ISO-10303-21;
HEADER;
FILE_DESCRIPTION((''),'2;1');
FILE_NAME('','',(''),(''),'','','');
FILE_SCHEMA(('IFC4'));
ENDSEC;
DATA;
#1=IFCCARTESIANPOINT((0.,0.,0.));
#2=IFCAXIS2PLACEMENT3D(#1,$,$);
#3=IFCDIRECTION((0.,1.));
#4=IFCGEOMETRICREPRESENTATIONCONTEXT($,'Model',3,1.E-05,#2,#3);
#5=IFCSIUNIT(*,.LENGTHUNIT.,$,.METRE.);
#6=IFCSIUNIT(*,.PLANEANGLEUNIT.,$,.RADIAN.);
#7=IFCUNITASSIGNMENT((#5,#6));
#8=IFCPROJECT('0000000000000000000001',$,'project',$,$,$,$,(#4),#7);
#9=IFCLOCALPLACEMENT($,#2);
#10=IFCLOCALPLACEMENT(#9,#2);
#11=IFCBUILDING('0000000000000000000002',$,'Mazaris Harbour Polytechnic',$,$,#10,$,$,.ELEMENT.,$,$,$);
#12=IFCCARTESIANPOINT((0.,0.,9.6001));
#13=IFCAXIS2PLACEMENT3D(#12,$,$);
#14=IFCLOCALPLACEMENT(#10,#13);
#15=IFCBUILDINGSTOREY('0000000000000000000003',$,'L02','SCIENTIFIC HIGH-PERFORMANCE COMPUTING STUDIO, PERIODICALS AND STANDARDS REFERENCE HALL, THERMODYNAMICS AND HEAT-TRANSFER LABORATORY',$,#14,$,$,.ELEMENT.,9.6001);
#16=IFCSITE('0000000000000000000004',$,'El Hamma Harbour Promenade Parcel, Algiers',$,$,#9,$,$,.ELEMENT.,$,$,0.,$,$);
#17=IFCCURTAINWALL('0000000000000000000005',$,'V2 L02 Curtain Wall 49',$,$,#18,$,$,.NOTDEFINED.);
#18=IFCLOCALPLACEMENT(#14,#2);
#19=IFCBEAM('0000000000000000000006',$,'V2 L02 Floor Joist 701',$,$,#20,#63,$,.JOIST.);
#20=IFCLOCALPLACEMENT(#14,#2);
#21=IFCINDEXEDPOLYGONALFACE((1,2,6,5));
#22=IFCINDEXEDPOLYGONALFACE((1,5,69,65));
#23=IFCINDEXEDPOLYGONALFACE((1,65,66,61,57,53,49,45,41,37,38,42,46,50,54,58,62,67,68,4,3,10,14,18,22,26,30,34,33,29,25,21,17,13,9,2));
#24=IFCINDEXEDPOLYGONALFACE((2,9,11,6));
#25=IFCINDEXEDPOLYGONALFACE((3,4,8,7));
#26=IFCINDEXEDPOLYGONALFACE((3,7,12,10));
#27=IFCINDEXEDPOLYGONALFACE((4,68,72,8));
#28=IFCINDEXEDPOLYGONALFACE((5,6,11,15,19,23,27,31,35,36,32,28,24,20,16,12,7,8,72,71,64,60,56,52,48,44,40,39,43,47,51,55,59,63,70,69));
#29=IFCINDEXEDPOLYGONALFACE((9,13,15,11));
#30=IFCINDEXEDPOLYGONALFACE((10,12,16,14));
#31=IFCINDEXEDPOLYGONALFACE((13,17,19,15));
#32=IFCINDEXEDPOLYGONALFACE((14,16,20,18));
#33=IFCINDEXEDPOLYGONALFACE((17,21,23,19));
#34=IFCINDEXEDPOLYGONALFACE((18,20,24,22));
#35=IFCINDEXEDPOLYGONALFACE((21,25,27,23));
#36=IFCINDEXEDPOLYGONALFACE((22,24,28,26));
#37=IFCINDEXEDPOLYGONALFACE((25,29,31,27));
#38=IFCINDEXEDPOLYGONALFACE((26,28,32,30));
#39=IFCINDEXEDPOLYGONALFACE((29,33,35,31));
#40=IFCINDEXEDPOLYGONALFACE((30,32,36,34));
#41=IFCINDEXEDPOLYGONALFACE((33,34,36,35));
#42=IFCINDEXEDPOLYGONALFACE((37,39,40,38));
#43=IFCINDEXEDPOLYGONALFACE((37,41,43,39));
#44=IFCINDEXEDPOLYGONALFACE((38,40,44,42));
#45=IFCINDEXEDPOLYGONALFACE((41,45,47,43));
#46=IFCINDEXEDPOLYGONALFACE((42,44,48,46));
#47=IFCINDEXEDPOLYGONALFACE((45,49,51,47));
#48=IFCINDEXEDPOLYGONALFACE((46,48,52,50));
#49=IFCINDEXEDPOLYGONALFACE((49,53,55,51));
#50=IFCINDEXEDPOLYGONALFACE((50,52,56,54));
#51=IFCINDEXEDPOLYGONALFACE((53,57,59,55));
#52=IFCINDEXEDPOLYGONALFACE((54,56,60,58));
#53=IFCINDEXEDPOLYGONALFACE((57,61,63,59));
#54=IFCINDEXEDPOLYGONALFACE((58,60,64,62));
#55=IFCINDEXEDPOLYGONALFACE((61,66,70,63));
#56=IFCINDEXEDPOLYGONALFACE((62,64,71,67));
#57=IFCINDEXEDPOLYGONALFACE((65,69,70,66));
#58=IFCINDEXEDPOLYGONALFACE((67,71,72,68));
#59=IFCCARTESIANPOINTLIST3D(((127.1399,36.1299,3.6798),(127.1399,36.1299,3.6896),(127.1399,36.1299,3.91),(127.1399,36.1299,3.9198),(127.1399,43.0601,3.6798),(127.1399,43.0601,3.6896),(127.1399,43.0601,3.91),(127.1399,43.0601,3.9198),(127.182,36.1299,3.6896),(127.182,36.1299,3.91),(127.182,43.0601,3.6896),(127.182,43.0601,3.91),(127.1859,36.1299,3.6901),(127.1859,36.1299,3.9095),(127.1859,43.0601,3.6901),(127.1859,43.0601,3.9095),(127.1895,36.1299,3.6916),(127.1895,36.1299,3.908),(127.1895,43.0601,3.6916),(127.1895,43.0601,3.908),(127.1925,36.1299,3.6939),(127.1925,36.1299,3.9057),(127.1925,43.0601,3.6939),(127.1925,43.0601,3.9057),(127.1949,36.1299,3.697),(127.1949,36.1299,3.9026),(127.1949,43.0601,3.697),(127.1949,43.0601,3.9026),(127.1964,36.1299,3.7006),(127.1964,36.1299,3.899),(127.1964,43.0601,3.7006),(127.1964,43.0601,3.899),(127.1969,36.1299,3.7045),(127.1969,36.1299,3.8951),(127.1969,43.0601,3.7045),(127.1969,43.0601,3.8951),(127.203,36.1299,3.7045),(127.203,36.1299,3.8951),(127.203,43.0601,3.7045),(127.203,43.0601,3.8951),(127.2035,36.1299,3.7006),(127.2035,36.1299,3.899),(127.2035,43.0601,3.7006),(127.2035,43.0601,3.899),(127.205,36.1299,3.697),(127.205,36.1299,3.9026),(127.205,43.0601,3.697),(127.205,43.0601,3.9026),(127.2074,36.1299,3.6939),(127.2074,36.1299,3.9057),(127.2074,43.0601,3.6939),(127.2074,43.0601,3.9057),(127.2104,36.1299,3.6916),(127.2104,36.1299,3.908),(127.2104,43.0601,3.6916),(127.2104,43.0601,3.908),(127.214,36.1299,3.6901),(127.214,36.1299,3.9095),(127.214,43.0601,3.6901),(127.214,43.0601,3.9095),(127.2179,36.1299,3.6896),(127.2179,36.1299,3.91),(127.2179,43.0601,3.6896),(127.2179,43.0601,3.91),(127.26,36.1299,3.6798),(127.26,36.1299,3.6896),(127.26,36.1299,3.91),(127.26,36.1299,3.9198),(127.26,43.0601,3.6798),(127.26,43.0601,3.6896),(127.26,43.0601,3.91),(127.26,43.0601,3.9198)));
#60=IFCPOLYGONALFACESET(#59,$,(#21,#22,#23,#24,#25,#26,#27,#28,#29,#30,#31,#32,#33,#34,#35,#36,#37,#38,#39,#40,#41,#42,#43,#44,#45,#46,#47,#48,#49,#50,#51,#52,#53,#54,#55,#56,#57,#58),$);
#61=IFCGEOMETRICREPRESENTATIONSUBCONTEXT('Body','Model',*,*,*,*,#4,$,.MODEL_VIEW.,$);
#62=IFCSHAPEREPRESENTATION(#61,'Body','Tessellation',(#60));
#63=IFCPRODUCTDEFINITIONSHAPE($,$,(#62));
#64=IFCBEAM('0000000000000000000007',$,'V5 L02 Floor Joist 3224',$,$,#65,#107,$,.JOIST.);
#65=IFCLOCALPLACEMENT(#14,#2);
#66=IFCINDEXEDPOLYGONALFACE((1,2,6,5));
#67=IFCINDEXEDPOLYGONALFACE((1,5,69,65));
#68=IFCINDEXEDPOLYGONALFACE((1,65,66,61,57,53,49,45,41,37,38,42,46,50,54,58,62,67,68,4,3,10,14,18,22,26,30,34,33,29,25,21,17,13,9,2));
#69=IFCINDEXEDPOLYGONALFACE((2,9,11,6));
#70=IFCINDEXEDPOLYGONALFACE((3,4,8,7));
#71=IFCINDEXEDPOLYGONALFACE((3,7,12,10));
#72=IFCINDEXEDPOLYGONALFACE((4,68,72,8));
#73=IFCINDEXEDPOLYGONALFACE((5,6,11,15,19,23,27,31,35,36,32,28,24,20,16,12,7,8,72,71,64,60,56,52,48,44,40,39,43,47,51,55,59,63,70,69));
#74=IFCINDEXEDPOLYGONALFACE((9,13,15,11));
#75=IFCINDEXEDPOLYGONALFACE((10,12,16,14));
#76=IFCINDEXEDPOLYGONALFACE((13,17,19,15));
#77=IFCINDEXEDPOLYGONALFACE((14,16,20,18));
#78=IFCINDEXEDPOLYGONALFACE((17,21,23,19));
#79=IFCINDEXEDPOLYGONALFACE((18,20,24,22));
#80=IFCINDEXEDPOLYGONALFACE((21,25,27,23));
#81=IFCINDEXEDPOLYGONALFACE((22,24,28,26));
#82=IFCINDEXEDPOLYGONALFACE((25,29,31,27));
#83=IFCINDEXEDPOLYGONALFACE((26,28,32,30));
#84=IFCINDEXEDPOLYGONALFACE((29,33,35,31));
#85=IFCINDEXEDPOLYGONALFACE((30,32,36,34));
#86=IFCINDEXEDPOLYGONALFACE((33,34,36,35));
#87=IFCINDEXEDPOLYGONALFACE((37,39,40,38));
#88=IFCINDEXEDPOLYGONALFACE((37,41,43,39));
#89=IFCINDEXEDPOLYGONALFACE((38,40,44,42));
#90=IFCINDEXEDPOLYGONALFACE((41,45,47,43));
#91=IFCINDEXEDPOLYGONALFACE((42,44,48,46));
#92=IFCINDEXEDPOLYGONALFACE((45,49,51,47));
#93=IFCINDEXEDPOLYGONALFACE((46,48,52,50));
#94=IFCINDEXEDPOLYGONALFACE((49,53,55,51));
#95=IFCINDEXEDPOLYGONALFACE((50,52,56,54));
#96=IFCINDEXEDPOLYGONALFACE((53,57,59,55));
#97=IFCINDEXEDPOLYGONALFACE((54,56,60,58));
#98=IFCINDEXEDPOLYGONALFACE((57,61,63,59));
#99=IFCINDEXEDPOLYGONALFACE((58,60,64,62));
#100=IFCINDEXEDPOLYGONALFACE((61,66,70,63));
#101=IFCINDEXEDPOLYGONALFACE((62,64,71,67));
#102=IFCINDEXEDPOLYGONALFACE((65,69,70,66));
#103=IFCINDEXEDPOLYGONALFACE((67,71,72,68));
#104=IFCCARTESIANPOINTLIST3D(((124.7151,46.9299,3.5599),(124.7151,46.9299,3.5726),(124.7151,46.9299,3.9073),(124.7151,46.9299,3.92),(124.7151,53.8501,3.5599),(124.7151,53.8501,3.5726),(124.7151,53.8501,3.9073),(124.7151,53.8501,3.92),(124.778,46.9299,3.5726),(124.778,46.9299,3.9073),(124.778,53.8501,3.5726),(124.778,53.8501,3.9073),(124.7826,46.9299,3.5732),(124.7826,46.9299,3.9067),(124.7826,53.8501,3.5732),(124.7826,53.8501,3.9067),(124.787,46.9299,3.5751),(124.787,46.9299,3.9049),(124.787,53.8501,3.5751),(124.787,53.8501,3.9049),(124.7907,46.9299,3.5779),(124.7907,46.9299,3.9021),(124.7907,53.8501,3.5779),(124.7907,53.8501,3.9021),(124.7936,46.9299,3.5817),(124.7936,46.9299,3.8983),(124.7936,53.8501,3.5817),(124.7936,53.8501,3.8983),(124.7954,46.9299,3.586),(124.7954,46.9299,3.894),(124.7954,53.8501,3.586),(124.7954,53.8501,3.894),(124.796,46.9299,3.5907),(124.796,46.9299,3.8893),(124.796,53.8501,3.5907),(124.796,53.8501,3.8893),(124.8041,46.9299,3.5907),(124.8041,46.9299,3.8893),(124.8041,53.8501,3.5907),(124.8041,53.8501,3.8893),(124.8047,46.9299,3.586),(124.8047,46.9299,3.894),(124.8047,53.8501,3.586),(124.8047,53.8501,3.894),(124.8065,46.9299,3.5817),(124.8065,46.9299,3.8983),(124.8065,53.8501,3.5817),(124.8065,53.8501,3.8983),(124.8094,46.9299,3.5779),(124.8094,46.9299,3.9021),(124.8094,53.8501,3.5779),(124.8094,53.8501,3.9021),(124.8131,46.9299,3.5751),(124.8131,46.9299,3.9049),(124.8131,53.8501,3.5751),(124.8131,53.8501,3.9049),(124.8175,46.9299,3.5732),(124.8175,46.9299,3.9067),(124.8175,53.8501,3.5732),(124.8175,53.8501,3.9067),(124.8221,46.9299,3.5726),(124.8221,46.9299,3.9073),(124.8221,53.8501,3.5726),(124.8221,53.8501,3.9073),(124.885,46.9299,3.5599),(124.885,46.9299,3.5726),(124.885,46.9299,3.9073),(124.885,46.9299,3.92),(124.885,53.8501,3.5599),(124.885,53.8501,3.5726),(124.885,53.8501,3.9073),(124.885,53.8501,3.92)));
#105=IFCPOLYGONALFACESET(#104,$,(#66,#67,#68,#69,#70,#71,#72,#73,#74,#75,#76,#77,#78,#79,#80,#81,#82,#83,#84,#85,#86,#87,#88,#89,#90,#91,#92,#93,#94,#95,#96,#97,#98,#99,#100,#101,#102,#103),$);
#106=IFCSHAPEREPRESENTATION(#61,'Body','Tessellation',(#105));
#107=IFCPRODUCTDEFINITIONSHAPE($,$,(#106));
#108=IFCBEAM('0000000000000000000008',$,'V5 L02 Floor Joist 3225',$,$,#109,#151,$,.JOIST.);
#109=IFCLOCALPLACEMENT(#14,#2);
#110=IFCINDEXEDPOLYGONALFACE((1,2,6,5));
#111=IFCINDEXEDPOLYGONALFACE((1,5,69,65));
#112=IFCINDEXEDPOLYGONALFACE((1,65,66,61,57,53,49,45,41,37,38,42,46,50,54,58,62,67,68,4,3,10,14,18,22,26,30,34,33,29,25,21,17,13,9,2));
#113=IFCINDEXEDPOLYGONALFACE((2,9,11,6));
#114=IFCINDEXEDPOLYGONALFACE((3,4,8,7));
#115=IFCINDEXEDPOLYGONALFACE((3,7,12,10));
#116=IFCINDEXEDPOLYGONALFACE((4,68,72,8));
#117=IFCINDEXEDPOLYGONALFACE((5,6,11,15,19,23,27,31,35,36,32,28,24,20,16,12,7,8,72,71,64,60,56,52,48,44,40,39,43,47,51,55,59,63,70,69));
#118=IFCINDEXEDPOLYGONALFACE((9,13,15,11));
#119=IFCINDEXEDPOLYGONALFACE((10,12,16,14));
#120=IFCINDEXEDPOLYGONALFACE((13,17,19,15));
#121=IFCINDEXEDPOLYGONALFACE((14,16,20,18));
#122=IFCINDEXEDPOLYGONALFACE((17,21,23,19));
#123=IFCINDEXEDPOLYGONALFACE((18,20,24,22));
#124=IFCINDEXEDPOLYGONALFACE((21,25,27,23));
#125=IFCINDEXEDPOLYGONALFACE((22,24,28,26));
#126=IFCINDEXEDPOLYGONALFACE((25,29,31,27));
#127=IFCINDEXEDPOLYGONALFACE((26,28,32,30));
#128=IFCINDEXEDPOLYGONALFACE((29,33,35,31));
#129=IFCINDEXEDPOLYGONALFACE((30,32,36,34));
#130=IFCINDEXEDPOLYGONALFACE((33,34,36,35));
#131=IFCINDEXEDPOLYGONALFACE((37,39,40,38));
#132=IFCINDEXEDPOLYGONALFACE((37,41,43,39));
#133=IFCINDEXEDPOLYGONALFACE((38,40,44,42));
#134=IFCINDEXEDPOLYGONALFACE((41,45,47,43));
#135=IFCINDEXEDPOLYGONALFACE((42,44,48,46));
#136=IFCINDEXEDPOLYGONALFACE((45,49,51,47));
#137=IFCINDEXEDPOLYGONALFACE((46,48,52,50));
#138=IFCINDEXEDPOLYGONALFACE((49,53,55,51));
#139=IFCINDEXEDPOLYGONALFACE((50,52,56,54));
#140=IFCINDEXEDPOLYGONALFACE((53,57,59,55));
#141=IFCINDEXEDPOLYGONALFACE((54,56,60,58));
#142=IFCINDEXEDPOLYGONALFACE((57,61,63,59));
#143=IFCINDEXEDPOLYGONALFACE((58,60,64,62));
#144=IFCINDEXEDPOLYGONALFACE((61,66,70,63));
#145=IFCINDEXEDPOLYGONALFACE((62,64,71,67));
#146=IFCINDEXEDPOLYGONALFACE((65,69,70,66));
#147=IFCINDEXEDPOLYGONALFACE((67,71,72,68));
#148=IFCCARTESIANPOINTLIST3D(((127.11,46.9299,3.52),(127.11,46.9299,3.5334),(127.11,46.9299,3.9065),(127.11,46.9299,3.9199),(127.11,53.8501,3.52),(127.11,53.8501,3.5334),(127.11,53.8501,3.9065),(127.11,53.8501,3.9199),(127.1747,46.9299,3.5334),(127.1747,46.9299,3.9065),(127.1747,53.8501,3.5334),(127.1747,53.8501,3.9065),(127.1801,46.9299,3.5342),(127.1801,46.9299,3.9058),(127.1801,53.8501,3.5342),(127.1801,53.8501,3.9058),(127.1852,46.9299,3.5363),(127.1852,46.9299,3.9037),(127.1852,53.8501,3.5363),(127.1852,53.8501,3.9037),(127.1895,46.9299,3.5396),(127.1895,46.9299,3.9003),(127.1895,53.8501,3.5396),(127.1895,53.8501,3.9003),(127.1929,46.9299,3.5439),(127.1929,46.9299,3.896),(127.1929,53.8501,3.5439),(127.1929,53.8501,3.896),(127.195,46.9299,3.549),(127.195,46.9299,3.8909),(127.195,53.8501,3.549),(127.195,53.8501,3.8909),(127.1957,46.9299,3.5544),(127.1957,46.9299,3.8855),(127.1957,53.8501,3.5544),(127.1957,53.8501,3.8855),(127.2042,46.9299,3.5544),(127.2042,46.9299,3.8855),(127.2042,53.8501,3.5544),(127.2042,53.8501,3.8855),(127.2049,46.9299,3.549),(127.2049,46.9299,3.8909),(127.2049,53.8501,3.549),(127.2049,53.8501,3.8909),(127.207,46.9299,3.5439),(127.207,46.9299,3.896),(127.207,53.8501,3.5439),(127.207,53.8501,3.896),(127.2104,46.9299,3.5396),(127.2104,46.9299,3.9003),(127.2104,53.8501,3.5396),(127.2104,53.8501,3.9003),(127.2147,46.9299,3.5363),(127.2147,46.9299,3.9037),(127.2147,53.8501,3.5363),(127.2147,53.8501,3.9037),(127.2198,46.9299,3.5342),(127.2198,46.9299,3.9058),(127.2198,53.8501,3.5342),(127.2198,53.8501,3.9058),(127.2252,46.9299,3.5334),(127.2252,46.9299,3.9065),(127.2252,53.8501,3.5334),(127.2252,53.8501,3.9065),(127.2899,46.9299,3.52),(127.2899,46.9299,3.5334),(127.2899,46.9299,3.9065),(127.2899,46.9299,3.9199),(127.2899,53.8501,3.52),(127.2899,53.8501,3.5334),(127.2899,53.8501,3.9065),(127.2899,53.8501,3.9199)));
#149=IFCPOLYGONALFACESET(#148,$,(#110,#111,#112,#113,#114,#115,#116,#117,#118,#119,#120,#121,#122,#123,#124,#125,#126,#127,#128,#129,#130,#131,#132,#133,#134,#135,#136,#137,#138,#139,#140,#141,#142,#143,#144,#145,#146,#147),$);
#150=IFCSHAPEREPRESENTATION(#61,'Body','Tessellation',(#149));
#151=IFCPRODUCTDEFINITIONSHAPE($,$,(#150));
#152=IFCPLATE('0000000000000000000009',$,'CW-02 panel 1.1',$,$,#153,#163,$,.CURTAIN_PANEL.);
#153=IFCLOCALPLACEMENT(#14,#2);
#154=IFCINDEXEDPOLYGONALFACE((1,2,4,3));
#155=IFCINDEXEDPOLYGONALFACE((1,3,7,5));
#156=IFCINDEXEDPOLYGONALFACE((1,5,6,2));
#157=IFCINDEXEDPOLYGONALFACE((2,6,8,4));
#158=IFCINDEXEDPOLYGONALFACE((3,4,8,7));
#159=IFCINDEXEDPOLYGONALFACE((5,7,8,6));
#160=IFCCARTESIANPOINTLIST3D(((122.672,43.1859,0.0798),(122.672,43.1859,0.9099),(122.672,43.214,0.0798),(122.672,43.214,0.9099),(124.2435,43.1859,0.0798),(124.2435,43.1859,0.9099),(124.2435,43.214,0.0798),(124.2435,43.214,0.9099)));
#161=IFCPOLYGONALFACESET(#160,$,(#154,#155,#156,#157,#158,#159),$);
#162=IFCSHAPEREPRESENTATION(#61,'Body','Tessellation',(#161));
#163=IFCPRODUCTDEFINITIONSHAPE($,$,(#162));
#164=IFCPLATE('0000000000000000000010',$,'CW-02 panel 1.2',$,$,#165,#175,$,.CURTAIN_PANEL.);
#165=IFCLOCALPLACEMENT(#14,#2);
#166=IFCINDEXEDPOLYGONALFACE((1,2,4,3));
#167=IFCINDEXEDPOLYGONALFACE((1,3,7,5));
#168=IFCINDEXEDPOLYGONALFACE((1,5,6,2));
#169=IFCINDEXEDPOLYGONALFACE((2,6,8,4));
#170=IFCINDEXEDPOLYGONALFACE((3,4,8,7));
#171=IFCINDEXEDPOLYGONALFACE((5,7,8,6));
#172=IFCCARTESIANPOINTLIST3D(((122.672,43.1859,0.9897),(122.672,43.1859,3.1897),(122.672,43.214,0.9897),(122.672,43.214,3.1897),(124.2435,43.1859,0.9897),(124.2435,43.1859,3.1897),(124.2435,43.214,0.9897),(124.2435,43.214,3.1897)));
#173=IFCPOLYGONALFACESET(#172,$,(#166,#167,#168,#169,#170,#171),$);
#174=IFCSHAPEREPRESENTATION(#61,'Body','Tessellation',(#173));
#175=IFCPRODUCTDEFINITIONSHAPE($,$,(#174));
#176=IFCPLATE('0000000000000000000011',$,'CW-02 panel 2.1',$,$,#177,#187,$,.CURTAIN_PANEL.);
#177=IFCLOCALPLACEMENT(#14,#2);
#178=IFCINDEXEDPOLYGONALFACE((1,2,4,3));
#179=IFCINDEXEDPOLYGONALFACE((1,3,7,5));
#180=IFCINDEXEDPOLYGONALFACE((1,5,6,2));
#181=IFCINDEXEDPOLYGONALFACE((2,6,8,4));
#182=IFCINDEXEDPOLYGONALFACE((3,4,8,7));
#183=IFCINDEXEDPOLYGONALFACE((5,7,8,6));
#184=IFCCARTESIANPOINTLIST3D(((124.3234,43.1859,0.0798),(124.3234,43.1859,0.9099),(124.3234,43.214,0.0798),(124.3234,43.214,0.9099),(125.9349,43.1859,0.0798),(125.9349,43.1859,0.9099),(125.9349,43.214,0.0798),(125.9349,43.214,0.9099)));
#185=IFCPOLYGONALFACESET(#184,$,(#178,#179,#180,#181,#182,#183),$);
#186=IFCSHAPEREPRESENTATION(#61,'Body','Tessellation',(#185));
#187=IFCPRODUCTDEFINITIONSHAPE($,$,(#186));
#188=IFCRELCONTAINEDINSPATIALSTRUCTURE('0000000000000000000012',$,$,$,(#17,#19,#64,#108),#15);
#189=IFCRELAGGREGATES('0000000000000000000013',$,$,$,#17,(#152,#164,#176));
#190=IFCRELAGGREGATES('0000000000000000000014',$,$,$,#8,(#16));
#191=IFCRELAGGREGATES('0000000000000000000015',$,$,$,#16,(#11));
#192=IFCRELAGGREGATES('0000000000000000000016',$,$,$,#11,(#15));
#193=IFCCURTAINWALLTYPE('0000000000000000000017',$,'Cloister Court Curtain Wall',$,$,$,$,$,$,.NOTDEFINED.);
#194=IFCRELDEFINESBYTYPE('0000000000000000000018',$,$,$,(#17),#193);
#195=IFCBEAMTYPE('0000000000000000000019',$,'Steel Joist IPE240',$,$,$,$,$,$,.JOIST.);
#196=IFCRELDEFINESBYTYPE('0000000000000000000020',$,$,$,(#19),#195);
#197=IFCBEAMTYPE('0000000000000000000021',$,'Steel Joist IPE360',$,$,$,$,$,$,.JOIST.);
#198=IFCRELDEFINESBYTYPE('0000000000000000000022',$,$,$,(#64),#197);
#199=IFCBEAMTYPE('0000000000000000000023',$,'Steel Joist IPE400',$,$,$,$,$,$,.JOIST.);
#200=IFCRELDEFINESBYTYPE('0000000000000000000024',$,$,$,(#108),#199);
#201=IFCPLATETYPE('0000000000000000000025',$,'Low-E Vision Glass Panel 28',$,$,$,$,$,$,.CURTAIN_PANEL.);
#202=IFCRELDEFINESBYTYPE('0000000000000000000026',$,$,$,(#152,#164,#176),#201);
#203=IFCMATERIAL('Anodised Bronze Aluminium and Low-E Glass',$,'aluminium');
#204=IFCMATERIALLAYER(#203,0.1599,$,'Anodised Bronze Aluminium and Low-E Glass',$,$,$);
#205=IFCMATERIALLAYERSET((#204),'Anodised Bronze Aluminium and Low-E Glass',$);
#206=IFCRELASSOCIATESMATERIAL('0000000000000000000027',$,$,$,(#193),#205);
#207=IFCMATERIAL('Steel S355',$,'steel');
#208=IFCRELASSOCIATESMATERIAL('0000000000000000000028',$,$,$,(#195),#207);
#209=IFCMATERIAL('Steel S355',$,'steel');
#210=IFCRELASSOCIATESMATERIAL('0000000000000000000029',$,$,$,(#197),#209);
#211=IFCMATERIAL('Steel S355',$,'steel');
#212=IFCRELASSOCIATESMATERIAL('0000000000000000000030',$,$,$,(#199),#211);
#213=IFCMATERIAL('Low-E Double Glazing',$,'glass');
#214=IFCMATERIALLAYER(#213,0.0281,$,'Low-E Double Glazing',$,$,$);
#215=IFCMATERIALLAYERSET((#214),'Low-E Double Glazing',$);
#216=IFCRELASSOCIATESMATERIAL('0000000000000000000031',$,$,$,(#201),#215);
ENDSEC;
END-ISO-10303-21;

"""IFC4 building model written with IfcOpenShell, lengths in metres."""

from ifc_helpers import new_model, si_unit, direction, frame, origin, origin_2d, place, context, subcontext, project, spatial, rectangle, i_section, extrude, material, layer, layer_set, material_profile, profile_set, type_object, element, aggregate, save


model = new_model("IFC4")

# Units and contexts
model_context = context("Model", 3, precision=1e-05, world=origin(), true_north=direction((0.0, 1.0)))
body_context = subcontext(model_context, "Body", "Model", "MODEL_VIEW")
ifc_project = project(units=[si_unit("LENGTHUNIT", "METRE"), si_unit("PLANEANGLEUNIT", "RADIAN")], contexts=[model_context])

# Site, building, storey
site_placement = place(None, origin())
site = spatial("IfcSite", under=ifc_project, at=site_placement, Name="El Hamma Harbour Promenade Parcel, Algiers", CompositionType="ELEMENT", RefElevation=0.0)
building_placement = place(site_placement, origin())
building = spatial("IfcBuilding", under=site, at=building_placement, Name="Mazaris Harbour Polytechnic", CompositionType="ELEMENT")
storey_placement = place(building_placement, frame((0.0, 0.0, 9.6001)))
storey = spatial("IfcBuildingStorey", under=building, at=storey_placement, Name="L02", Description="SCIENTIFIC HIGH-PERFORMANCE COMPUTING STUDIO, PERIODICALS AND STANDARDS REFERENCE HALL, THERMODYNAMICS AND HEAT-TRANSFER LABORATORY", CompositionType="ELEMENT", Elevation=9.6001)

# Curtain wall
ifc_material_1 = material(Name="Anodised Bronze Aluminium and Low-E Glass", Category="aluminium")
ifc_layer_1 = layer(ifc_material_1, 0.1599, Name="Anodised Bronze Aluminium and Low-E Glass")
ifc_layer_set_1 = layer_set([ifc_layer_1], Name="Anodised Bronze Aluminium and Low-E Glass")
curtain_wall_type_1 = type_object("IfcCurtainWallType", Name="Cloister Court Curtain Wall", PredefinedType="NOTDEFINED", material=ifc_layer_set_1)
curtain_wall_1_placement = place(storey_placement, origin())
curtain_wall_1 = element("IfcCurtainWall", 1, at=curtain_wall_1_placement, inside=storey, type_object=curtain_wall_type_1, Name="V2 L02 Curtain Wall 49", PredefinedType="NOTDEFINED")

# Beams
ifc_material_2 = material(Name="Steel S355", Category="steel")
ifc_material_profile_1 = material_profile(ifc_material_2, i_section(OverallWidth=0.1201, OverallDepth=0.24, WebThickness=0.0061, FlangeThickness=0.0098, FilletRadius=0.0149, at=origin_2d()), Name="IPE 240")
ifc_profile_set_1 = profile_set([ifc_material_profile_1], Name="Steel S355")
beam_type_1 = type_object("IfcBeamType", Name="Steel Joist IPE240", PredefinedType="JOIST", material=ifc_profile_set_1)
beam_1_placement = place(storey_placement, frame((127.2, 36.1299, 3.7998), z_axis=(0.0, 1.0, 0.0), x_axis=(-1.0, 0.0, 0.0)))
element("IfcBeam", 2, at=beam_1_placement, inside=storey, type_object=beam_type_1, Name="V2 L02 Floor Joist 701", PredefinedType="JOIST", context=body_context, shape_type="SweptSolid", body=[
    extrude(i_section(OverallWidth=0.1201, OverallDepth=0.24, WebThickness=0.0061, FlangeThickness=0.0098, FilletRadius=0.0149, at=origin_2d()), origin(), (0.0, 0.0, 1.0), 6.9302),
])
ifc_material_3 = material(Name="Steel S355", Category="steel")
ifc_material_profile_2 = material_profile(ifc_material_3, i_section(OverallWidth=0.1699, OverallDepth=0.3601, WebThickness=0.0081, FlangeThickness=0.0127, FilletRadius=0.0181, at=origin_2d()), Name="IPE 360")
ifc_profile_set_2 = profile_set([ifc_material_profile_2], Name="Steel S355")
beam_type_2 = type_object("IfcBeamType", Name="Steel Joist IPE360", PredefinedType="JOIST", material=ifc_profile_set_2)
beam_2_placement = place(storey_placement, frame((124.8, 46.9299, 3.74), z_axis=(0.0, 1.0, 0.0), x_axis=(-1.0, 0.0, 0.0)))
element("IfcBeam", 3, at=beam_2_placement, inside=storey, type_object=beam_type_2, Name="V5 L02 Floor Joist 3224", PredefinedType="JOIST", context=body_context, shape_type="SweptSolid", body=[
    extrude(i_section(OverallWidth=0.1699, OverallDepth=0.3601, WebThickness=0.0081, FlangeThickness=0.0127, FilletRadius=0.0181, at=origin_2d()), origin(), (0.0, 0.0, 1.0), 6.9202),
])
ifc_material_4 = material(Name="Steel S355", Category="steel")
ifc_material_profile_3 = material_profile(ifc_material_4, i_section(OverallWidth=0.1799, OverallDepth=0.3999, WebThickness=0.0085, FlangeThickness=0.0134, FilletRadius=0.021, at=origin_2d()), Name="IPE 400")
ifc_profile_set_3 = profile_set([ifc_material_profile_3], Name="Steel S355")
beam_type_3 = type_object("IfcBeamType", Name="Steel Joist IPE400", PredefinedType="JOIST", material=ifc_profile_set_3)
beam_3_placement = place(storey_placement, frame((127.2, 46.9299, 3.72), z_axis=(0.0, 1.0, 0.0), x_axis=(-1.0, 0.0, 0.0)))
element("IfcBeam", 4, at=beam_3_placement, inside=storey, type_object=beam_type_3, Name="V5 L02 Floor Joist 3225", PredefinedType="JOIST", context=body_context, shape_type="SweptSolid", body=[
    extrude(i_section(OverallWidth=0.1799, OverallDepth=0.3999, WebThickness=0.0085, FlangeThickness=0.0134, FilletRadius=0.021, at=origin_2d()), origin(), (0.0, 0.0, 1.0), 6.9202),
])

# Plates
ifc_material_5 = material(Name="Low-E Double Glazing", Category="glass")
ifc_layer_2 = layer(ifc_material_5, 0.0281, Name="Low-E Double Glazing")
ifc_layer_set_2 = layer_set([ifc_layer_2], Name="Low-E Double Glazing")
plate_type = type_object("IfcPlateType", Name="Low-E Vision Glass Panel 28", PredefinedType="CURTAIN_PANEL", material=ifc_layer_set_2)
plate_1_placement = place(storey_placement, frame((123.4578, 43.2, 0.0798), z_axis=(0.0, 0.0, 1.0), x_axis=(1.0, 0.0, 0.0)))
plate_1 = element("IfcPlate", 5, at=plate_1_placement, type_object=plate_type, Name="CW-02 panel 1.1", PredefinedType="CURTAIN_PANEL", context=body_context, shape_type="SweptSolid", body=[
    extrude(rectangle(XDim=1.5715, YDim=0.0281, at=origin_2d()), origin(), (0.0, 0.0, 1.0), 0.8301),
])
plate_2_placement = place(storey_placement, frame((123.4578, 43.2, 0.9897), z_axis=(0.0, 0.0, 1.0), x_axis=(1.0, 0.0, 0.0)))
plate_2 = element("IfcPlate", 6, at=plate_2_placement, type_object=plate_type, Name="CW-02 panel 1.2", PredefinedType="CURTAIN_PANEL", context=body_context, shape_type="SweptSolid", body=[
    extrude(rectangle(XDim=1.5715, YDim=0.0281, at=origin_2d()), origin(), (0.0, 0.0, 1.0), 2.2),
])
plate_3_placement = place(storey_placement, frame((125.1292, 43.2, 0.0798), z_axis=(0.0, 0.0, 1.0), x_axis=(1.0, 0.0, 0.0)))
plate_3 = element("IfcPlate", 7, at=plate_3_placement, type_object=plate_type, Name="CW-02 panel 2.1", PredefinedType="CURTAIN_PANEL", context=body_context, shape_type="SweptSolid", body=[
    extrude(rectangle(XDim=1.6116, YDim=0.0281, at=origin_2d()), origin(), (0.0, 0.0, 1.0), 0.8301),
])
aggregate(curtain_wall_1, [plate_1, plate_2, plate_3])

save(model, "model.ifc")
